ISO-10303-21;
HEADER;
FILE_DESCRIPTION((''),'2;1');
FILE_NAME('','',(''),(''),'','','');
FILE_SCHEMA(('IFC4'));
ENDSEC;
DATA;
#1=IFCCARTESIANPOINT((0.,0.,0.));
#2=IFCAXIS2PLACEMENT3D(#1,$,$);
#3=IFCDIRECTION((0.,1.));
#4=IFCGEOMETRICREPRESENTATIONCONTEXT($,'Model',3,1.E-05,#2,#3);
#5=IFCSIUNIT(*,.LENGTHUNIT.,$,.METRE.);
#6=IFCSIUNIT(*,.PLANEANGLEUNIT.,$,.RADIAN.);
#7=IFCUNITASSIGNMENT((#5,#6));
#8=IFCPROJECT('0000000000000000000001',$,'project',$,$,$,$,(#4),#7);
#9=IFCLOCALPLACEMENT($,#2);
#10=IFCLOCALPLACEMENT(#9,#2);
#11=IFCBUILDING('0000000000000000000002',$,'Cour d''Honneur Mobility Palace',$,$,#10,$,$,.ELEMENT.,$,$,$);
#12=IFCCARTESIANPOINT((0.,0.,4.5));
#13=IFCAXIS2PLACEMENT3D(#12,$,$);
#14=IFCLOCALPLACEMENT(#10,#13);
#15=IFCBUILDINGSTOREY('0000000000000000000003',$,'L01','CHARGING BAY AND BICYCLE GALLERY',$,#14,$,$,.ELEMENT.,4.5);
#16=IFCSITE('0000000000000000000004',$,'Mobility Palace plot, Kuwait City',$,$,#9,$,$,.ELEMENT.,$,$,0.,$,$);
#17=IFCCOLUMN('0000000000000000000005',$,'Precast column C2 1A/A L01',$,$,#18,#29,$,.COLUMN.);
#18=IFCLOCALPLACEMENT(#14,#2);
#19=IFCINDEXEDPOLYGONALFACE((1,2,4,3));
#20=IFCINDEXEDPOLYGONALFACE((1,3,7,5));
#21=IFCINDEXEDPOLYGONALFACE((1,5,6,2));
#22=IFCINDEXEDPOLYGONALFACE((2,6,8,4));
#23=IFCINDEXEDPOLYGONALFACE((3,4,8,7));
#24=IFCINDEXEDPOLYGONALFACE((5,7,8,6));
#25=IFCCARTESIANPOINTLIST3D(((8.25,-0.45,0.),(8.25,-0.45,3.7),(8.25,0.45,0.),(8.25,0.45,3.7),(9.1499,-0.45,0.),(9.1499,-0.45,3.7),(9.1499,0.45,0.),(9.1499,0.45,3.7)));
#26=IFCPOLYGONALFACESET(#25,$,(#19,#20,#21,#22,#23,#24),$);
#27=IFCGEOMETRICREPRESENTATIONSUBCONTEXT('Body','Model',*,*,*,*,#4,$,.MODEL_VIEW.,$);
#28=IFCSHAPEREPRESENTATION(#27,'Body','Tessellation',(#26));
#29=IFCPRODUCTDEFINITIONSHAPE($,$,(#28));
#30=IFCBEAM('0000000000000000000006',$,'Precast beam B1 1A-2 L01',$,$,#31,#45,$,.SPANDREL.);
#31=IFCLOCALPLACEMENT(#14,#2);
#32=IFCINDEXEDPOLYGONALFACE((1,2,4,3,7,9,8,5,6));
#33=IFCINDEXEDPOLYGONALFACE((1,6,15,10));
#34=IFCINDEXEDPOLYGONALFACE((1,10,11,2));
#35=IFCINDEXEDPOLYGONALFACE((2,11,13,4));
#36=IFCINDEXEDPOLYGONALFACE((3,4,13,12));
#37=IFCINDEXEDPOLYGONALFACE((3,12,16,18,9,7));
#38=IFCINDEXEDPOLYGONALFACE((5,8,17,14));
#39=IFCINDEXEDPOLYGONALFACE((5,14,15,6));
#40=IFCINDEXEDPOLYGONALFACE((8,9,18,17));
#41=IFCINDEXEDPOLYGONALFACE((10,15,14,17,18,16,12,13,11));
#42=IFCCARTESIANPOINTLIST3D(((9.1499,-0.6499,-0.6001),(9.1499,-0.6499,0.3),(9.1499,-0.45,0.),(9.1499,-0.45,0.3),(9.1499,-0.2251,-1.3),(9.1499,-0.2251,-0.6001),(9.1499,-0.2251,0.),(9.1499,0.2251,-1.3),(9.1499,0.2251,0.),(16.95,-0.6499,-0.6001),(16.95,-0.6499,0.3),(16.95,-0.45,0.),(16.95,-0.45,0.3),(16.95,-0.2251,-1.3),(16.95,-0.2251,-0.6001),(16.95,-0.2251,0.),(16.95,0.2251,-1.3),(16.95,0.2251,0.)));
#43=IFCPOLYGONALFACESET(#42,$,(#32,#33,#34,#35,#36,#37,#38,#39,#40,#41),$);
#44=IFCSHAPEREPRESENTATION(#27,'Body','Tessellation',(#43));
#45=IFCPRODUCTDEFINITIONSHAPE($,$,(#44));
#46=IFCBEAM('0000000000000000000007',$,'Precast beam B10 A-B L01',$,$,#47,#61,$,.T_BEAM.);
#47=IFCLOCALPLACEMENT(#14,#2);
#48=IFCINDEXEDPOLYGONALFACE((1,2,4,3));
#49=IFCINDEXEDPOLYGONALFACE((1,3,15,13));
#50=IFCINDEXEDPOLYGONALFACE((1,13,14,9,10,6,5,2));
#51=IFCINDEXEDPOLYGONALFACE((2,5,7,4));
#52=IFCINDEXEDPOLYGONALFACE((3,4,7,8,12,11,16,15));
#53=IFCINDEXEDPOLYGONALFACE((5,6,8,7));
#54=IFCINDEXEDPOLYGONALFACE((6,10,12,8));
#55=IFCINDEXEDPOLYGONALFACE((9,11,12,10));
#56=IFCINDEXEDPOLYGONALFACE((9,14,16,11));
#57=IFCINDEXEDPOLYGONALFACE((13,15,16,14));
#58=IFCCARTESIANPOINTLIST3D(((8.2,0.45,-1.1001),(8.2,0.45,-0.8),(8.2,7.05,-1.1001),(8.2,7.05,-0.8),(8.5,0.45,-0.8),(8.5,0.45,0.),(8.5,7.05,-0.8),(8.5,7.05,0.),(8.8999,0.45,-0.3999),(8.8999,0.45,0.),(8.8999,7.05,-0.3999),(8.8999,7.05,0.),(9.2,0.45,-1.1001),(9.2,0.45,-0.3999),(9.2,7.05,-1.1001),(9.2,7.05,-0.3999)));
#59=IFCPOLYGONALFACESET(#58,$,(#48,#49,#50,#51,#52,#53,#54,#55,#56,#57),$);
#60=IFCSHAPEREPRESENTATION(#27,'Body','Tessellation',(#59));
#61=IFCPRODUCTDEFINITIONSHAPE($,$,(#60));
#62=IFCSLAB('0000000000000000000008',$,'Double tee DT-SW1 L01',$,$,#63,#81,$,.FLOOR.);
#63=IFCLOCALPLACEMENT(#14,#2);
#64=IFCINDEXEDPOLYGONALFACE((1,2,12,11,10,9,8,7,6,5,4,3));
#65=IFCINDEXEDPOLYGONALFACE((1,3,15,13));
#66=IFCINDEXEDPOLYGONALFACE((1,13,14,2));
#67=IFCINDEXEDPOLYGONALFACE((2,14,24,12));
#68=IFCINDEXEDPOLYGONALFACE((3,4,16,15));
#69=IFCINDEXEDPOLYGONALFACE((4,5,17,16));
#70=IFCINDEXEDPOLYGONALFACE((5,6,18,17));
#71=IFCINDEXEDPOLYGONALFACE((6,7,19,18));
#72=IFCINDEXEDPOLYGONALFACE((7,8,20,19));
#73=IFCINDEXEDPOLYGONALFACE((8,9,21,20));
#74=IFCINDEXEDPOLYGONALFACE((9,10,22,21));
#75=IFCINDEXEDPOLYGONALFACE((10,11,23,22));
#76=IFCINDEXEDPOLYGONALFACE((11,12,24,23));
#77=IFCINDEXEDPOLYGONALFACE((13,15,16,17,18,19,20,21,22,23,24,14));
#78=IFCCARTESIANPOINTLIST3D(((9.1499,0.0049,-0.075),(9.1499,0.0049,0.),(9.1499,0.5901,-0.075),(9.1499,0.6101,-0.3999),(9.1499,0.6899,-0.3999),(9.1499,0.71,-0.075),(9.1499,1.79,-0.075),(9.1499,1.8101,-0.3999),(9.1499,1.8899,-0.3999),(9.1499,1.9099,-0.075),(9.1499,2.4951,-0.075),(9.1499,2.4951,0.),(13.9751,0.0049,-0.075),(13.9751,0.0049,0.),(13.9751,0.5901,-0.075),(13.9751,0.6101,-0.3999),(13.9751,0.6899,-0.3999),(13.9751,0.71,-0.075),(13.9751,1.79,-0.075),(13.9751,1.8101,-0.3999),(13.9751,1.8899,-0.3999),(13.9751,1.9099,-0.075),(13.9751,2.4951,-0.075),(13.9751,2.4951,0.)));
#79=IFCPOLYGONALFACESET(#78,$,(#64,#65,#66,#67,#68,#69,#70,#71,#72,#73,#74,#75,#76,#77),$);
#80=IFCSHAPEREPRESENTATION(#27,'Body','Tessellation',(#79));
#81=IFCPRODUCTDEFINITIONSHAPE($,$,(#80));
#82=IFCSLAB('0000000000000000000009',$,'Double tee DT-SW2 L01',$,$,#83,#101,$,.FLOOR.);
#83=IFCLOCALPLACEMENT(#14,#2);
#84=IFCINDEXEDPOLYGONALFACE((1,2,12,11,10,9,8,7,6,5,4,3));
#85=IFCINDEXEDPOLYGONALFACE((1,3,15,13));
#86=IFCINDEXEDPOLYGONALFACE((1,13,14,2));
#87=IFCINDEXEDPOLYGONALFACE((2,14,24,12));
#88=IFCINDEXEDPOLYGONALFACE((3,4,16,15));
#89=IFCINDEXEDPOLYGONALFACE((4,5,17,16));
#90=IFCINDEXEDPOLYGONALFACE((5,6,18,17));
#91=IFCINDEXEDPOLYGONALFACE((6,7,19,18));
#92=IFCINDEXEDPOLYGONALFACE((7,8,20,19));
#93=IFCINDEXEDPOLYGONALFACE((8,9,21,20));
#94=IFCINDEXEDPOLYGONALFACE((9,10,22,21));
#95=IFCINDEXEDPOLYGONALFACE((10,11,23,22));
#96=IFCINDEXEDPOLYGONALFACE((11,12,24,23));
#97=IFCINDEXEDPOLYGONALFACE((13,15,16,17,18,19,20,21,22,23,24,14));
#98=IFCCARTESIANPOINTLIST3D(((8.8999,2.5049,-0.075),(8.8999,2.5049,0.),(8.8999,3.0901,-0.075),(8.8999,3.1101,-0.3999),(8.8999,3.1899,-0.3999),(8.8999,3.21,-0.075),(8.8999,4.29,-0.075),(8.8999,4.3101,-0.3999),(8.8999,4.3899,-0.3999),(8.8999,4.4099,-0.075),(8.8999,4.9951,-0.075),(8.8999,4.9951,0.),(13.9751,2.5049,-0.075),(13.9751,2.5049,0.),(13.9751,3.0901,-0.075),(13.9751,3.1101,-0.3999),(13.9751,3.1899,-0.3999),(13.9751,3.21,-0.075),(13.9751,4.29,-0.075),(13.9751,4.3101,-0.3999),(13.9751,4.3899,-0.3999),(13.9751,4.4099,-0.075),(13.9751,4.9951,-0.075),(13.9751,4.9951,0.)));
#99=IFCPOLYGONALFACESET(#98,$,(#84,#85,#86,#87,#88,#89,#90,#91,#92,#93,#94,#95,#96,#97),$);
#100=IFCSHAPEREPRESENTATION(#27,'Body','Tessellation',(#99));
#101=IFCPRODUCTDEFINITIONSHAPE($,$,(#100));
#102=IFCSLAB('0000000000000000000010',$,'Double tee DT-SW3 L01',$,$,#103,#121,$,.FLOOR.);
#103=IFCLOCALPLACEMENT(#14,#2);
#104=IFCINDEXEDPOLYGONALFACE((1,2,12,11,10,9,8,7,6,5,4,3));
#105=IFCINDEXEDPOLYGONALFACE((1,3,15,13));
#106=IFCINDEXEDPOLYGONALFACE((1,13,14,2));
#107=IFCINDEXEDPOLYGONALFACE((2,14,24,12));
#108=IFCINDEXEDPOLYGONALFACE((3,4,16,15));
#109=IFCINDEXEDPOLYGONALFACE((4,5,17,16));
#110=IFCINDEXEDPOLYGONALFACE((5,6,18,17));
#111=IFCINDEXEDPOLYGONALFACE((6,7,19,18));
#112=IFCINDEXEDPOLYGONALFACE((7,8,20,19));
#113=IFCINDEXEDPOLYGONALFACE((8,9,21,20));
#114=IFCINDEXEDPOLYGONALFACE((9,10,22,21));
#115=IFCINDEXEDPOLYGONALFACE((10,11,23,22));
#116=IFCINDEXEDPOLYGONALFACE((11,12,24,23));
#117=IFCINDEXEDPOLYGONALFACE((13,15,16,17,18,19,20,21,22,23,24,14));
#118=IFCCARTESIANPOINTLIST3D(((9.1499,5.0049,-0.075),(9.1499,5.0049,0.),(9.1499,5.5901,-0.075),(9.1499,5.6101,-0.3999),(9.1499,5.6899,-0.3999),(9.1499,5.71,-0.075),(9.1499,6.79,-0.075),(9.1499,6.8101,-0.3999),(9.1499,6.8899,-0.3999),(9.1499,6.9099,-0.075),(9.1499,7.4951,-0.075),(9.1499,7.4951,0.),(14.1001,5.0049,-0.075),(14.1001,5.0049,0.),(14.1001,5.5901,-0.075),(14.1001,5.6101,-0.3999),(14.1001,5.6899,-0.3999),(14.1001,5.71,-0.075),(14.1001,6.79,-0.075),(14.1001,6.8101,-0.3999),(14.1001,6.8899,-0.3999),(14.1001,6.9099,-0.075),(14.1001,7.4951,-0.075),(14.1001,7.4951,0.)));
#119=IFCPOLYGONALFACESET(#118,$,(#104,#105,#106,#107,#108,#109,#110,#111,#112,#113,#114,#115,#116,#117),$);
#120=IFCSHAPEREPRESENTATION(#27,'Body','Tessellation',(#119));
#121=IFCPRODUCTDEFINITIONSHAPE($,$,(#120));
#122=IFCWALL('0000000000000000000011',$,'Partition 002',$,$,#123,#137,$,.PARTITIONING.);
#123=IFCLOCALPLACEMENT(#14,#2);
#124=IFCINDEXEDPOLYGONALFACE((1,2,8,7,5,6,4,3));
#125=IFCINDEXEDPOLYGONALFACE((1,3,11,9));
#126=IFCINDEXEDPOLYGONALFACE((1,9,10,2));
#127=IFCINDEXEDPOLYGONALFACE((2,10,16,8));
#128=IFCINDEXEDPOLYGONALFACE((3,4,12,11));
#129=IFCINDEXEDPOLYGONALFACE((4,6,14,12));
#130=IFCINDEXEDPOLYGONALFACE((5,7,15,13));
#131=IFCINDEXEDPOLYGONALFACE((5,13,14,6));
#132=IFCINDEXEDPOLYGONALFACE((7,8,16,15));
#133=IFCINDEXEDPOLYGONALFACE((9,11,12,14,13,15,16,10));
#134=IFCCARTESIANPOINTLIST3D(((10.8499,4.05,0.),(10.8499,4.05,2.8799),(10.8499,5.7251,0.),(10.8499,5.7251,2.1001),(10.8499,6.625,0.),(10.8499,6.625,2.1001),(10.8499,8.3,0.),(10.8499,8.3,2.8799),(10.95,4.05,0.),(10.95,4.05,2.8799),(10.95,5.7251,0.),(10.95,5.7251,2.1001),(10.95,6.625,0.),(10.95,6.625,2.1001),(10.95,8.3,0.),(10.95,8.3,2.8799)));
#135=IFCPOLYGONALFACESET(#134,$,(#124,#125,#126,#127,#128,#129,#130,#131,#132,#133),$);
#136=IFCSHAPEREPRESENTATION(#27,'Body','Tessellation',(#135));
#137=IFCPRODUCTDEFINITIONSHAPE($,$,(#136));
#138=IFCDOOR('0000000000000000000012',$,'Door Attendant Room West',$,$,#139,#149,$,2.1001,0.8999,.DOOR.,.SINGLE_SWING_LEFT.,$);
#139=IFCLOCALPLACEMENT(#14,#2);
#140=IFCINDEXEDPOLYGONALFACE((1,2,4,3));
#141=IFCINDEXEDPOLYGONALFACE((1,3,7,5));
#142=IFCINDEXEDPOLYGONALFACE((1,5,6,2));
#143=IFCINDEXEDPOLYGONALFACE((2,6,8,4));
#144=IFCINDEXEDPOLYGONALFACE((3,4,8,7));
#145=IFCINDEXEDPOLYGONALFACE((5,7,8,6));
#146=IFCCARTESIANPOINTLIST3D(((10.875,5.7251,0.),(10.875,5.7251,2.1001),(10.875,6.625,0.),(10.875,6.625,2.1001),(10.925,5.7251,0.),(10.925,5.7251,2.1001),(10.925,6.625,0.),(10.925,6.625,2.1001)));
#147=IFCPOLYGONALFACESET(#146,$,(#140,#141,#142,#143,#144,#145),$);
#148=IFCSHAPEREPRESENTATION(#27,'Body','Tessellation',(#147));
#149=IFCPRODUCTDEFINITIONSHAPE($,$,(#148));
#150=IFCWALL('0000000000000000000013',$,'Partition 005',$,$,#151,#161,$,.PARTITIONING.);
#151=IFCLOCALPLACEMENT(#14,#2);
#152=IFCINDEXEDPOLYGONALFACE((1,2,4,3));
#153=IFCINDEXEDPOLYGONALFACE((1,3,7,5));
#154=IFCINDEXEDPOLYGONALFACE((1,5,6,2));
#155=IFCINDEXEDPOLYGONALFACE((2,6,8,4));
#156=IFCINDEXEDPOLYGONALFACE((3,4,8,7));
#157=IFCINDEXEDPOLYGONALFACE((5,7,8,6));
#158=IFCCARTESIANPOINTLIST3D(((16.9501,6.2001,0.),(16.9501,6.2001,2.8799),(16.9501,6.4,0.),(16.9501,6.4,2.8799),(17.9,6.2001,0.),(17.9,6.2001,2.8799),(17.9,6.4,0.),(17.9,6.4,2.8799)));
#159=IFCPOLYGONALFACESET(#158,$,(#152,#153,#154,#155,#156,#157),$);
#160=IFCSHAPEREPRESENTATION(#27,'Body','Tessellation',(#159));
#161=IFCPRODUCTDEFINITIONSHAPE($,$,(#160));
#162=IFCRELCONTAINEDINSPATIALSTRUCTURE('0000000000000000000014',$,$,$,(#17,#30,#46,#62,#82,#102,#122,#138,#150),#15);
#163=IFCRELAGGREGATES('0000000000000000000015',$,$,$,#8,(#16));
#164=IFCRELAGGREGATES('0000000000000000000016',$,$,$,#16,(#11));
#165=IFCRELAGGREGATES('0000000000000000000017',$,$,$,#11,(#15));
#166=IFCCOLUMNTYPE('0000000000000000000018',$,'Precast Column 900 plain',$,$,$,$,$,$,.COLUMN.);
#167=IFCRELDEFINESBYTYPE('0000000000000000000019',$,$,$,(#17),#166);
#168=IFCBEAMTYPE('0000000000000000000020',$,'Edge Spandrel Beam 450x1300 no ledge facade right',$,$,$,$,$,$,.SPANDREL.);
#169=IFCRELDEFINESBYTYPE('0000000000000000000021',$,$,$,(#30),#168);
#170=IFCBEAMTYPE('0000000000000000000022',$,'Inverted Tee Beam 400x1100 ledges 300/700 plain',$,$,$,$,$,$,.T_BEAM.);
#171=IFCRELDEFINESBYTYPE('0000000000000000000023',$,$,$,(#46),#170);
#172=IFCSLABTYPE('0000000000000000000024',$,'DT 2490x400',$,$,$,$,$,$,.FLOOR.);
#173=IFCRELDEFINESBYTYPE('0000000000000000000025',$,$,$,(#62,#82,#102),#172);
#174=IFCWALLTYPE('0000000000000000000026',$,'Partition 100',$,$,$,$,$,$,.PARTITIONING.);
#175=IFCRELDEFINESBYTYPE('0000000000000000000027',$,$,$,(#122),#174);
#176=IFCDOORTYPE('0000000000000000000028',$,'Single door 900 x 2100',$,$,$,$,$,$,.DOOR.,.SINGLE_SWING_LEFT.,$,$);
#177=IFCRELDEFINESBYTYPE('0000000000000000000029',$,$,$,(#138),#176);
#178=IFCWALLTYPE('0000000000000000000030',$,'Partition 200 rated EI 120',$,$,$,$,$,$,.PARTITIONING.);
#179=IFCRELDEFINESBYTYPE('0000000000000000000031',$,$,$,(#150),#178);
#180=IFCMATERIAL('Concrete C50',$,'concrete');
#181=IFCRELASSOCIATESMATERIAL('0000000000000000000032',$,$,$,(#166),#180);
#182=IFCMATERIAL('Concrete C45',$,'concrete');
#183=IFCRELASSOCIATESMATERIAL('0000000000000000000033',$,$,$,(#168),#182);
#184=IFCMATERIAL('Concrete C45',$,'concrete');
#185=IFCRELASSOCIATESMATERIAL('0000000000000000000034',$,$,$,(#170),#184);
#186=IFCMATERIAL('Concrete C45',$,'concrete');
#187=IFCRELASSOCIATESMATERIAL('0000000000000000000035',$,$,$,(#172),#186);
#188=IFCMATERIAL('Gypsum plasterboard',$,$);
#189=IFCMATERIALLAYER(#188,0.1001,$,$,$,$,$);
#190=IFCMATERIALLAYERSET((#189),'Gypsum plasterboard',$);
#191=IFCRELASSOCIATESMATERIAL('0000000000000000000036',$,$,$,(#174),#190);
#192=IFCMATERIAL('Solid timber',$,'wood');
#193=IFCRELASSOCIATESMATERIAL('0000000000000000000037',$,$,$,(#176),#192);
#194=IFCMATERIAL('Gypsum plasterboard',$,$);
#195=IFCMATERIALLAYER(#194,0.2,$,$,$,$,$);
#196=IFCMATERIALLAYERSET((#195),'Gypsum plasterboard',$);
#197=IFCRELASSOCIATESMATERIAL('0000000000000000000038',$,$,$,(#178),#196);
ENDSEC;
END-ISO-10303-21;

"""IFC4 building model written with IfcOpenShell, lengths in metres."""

from ifc_helpers import new_model, si_unit, direction, frame, frame_2d, origin, place, context, subcontext, project, spatial, polyline, rectangle, outline, extrude, material, layer, layer_set, material_profile, profile_set, type_object, element, fill, save


model = new_model("IFC4")

# Units and contexts
model_context = context("Model", 3, precision=1e-05, world=origin(), true_north=direction((0.0, 1.0)))
body_context = subcontext(model_context, "Body", "Model", "MODEL_VIEW")
ifc_project = project(units=[si_unit("LENGTHUNIT", "METRE"), si_unit("PLANEANGLEUNIT", "RADIAN")], contexts=[model_context])

# Site, building, storey
site_placement = place(None, origin())
site = spatial("IfcSite", under=ifc_project, at=site_placement, Name="Mobility Palace plot, Kuwait City", CompositionType="ELEMENT", RefElevation=0.0)
building_placement = place(site_placement, origin())
building = spatial("IfcBuilding", under=site, at=building_placement, Name="Cour d'Honneur Mobility Palace", CompositionType="ELEMENT")
storey_placement = place(building_placement, frame((0.0, 0.0, 4.5)))
storey = spatial("IfcBuildingStorey", under=building, at=storey_placement, Name="L01", Description="CHARGING BAY AND BICYCLE GALLERY", CompositionType="ELEMENT", Elevation=4.5)

# Column
ifc_material_1 = material(Name="Concrete C50", Category="concrete")
ifc_material_profile_1 = material_profile(ifc_material_1, outline(polyline([(-0.45, -0.45), (0.45, -0.45), (0.45, 0.45), (-0.45, 0.45), (-0.45, -0.45)])), Name="PC C900 plain")
ifc_profile_set_1 = profile_set([ifc_material_profile_1], Name="Concrete C50")
column_type = type_object("IfcColumnType", Name="Precast Column 900 plain", PredefinedType="COLUMN", material=ifc_profile_set_1)
column_placement = place(storey_placement, frame((8.7, 0.0, 0.0), z_axis=(0.0, 0.0, 1.0), x_axis=(1.0, 0.0, 0.0)))
element("IfcColumn", 1, at=column_placement, inside=storey, type_object=column_type, Name="Precast column C2 1A/A L01", PredefinedType="COLUMN", context=body_context, shape_type="SweptSolid", body=[
    extrude(outline(polyline([(-0.45, -0.45), (0.45, -0.45), (0.45, 0.45), (-0.45, 0.45), (-0.45, -0.45)])), origin(), (0.0, 0.0, 1.0), 3.7),
])

# Beams
ifc_material_2 = material(Name="Concrete C45", Category="concrete")
ifc_material_profile_2 = material_profile(ifc_material_2, outline(polyline([(0.2251, -1.3), (0.2251, 0.0), (-0.2251, 0.0), (-0.45, 0.0), (-0.45, 0.3), (-0.6499, 0.3), (-0.6499, -0.6001), (-0.2251, -0.6001), (-0.2251, -1.3), (0.2251, -1.3)])), Name="Edge Spandrel Beam 450x1300 no ledge facade right")
ifc_profile_set_2 = profile_set([ifc_material_profile_2], Name="Concrete C45")
beam_type_1 = type_object("IfcBeamType", Name="Edge Spandrel Beam 450x1300 no ledge facade right", PredefinedType="SPANDREL", material=ifc_profile_set_2)
beam_1_placement = place(storey_placement, frame((9.1499, 0.0, 0.0), z_axis=(1.0, 0.0, 0.0), x_axis=(0.0, 1.0, 0.0)))
element("IfcBeam", 2, at=beam_1_placement, inside=storey, type_object=beam_type_1, Name="Precast beam B1 1A-2 L01", PredefinedType="SPANDREL", context=body_context, shape_type="SweptSolid", body=[
    extrude(outline(polyline([(0.2251, -1.3), (0.2251, 0.0), (-0.2251, 0.0), (-0.45, 0.0), (-0.45, 0.3), (-0.6499, 0.3), (-0.6499, -0.6001), (-0.2251, -0.6001), (-0.2251, -1.3), (0.2251, -1.3)])), origin(), (0.0, 0.0, 1.0), 7.8),
])
ifc_material_3 = material(Name="Concrete C45", Category="concrete")
ifc_material_profile_3 = material_profile(ifc_material_3, outline(polyline([(0.5, -1.1001), (0.5, -0.8), (0.2, -0.8), (0.2, 0.0), (-0.2, 0.0), (-0.2, -0.3999), (-0.5, -0.3999), (-0.5, -1.1001), (0.5, -1.1001)])), Name="Inverted Tee Beam 400x1100 ledges 300/700 plain")
ifc_profile_set_3 = profile_set([ifc_material_profile_3], Name="Concrete C45")
beam_type_2 = type_object("IfcBeamType", Name="Inverted Tee Beam 400x1100 ledges 300/700 plain", PredefinedType="T_BEAM", material=ifc_profile_set_3)
beam_2_placement = place(storey_placement, frame((8.7, 0.45, 0.0), z_axis=(0.0, 1.0, 0.0), x_axis=(-1.0, 0.0, 0.0)))
element("IfcBeam", 3, at=beam_2_placement, inside=storey, type_object=beam_type_2, Name="Precast beam B10 A-B L01", PredefinedType="T_BEAM", context=body_context, shape_type="SweptSolid", body=[
    extrude(outline(polyline([(0.5, -1.1001), (0.5, -0.8), (0.2, -0.8), (0.2, 0.0), (-0.2, 0.0), (-0.2, -0.3999), (-0.5, -0.3999), (-0.5, -1.1001), (0.5, -1.1001)])), origin(), (0.0, 0.0, 1.0), 6.6001),
])

# Slabs
ifc_material_4 = material(Name="Concrete C45", Category="concrete")
ifc_material_profile_4 = material_profile(ifc_material_4, outline(polyline([(-1.2451, 0.0), (1.2451, 0.0), (1.2451, -0.075), (0.6599, -0.075), (0.6399, -0.3999), (0.5601, -0.3999), (0.54, -0.075), (-0.54, -0.075), (-0.5601, -0.3999), (-0.6399, -0.3999), (-0.6599, -0.075), (-1.2451, -0.075), (-1.2451, 0.0)])), Name="DT 2490x400")
ifc_profile_set_4 = profile_set([ifc_material_profile_4], Name="Concrete C45")
slab_type = type_object("IfcSlabType", Name="DT 2490x400", PredefinedType="FLOOR", material=ifc_profile_set_4)
slab_1_placement = place(storey_placement, frame((9.1499, 1.25, 0.0), z_axis=(1.0, 0.0, 0.0), x_axis=(0.0, 1.0, 0.0)))
element("IfcSlab", 4, at=slab_1_placement, inside=storey, type_object=slab_type, Name="Double tee DT-SW1 L01", PredefinedType="FLOOR", context=body_context, shape_type="SweptSolid", body=[
    extrude(outline(polyline([(-1.2451, 0.0), (1.2451, 0.0), (1.2451, -0.075), (0.6599, -0.075), (0.6399, -0.3999), (0.5601, -0.3999), (0.54, -0.075), (-0.54, -0.075), (-0.5601, -0.3999), (-0.6399, -0.3999), (-0.6599, -0.075), (-1.2451, -0.075), (-1.2451, 0.0)])), origin(), (0.0, 0.0, 1.0), 4.8252),
])
slab_2_placement = place(storey_placement, frame((8.8999, 3.75, 0.0), z_axis=(1.0, 0.0, 0.0), x_axis=(0.0, 1.0, 0.0)))
element("IfcSlab", 5, at=slab_2_placement, inside=storey, type_object=slab_type, Name="Double tee DT-SW2 L01", PredefinedType="FLOOR", context=body_context, shape_type="SweptSolid", body=[
    extrude(outline(polyline([(-1.2451, 0.0), (1.2451, 0.0), (1.2451, -0.075), (0.6599, -0.075), (0.6399, -0.3999), (0.5601, -0.3999), (0.54, -0.075), (-0.54, -0.075), (-0.5601, -0.3999), (-0.6399, -0.3999), (-0.6599, -0.075), (-1.2451, -0.075), (-1.2451, 0.0)])), origin(), (0.0, 0.0, 1.0), 5.0752),
])
slab_3_placement = place(storey_placement, frame((9.1499, 6.25, 0.0), z_axis=(1.0, 0.0, 0.0), x_axis=(0.0, 1.0, 0.0)))
element("IfcSlab", 6, at=slab_3_placement, inside=storey, type_object=slab_type, Name="Double tee DT-SW3 L01", PredefinedType="FLOOR", context=body_context, shape_type="SweptSolid", body=[
    extrude(outline(polyline([(-1.2451, 0.0), (1.2451, 0.0), (1.2451, -0.075), (0.6599, -0.075), (0.6399, -0.3999), (0.5601, -0.3999), (0.54, -0.075), (-0.54, -0.075), (-0.5601, -0.3999), (-0.6399, -0.3999), (-0.6599, -0.075), (-1.2451, -0.075), (-1.2451, 0.0)])), origin(), (0.0, 0.0, 1.0), 4.9502),
])

# Wall, opening, door
ifc_material_5 = material(Name="Gypsum plasterboard")
ifc_layer_1 = layer(ifc_material_5, 0.1001)
ifc_layer_set_1 = layer_set([ifc_layer_1], Name="Gypsum plasterboard")
wall_type_1 = type_object("IfcWallType", Name="Partition 100", PredefinedType="PARTITIONING", material=ifc_layer_set_1)
wall_1_placement = place(storey_placement, frame((10.8999, 4.05, 0.0), z_axis=(0.0, 0.0, 1.0), x_axis=(0.0, 1.0, 0.0)))
wall_1 = element("IfcWall", 7, at=wall_1_placement, inside=storey, type_object=wall_type_1, Name="Partition 002", PredefinedType="PARTITIONING", context=body_context, shape_type="SweptSolid", body=[
    extrude(rectangle(XDim=4.25, YDim=0.1001, at=frame_2d((2.125, 0.0))), origin(), (0.0, 0.0, 1.0), 2.8799),
])
opening_1_placement = place(wall_1_placement, frame((1.675, 0.0, 0.0)))
opening_1 = element("IfcOpeningElement", 8, at=opening_1_placement, cuts=wall_1, PredefinedType="OPENING", context=body_context, shape_type="SweptSolid", body=[
    extrude(rectangle(XDim=0.8999, YDim=2.1001, at=frame_2d((0.45, 1.05))), frame((0.0, 0.0601, 0.0), z_axis=(0.0, -1.0, 0.0), x_axis=(1.0, 0.0, 0.0)), (0.0, 0.0, 1.0), 0.1201),
])
ifc_material_6 = material(Name="Solid timber", Category="wood")
door_type_1 = type_object("IfcDoorType", Name="Single door 900 x 2100", OperationType="SINGLE_SWING_LEFT", PredefinedType="DOOR", material=ifc_material_6)
door_1_placement = place(opening_1_placement, origin())
door_1 = element("IfcDoor", 9, at=door_1_placement, inside=storey, type_object=door_type_1, Name="Door Attendant Room West", OperationType="SINGLE_SWING_LEFT", OverallHeight=2.1001, OverallWidth=0.8999, PredefinedType="DOOR", context=body_context, shape_type="SweptSolid", body=[
    extrude(rectangle(XDim=0.8999, YDim=2.1001, at=frame_2d((0.45, 1.05))), frame((0.0, 0.0249, 0.0), z_axis=(0.0, -1.0, 0.0), x_axis=(1.0, 0.0, 0.0)), (0.0, 0.0, 1.0), 0.05),
])
fill(opening_1, door_1)

# Wall
ifc_material_7 = material(Name="Gypsum plasterboard")
ifc_layer_2 = layer(ifc_material_7, 0.2)
ifc_layer_set_2 = layer_set([ifc_layer_2], Name="Gypsum plasterboard")
wall_type_2 = type_object("IfcWallType", Name="Partition 200 rated EI 120", PredefinedType="PARTITIONING", material=ifc_layer_set_2)
wall_2_placement = place(storey_placement, frame((16.95, 6.3, 0.0), z_axis=(0.0, 0.0, 1.0), x_axis=(1.0, 0.0, 0.0)))
element("IfcWall", 10, at=wall_2_placement, inside=storey, type_object=wall_type_2, Name="Partition 005", PredefinedType="PARTITIONING", context=body_context, shape_type="SweptSolid", body=[
    extrude(rectangle(XDim=0.95, YDim=0.2, at=frame_2d((0.4751, 0.0))), origin(), (0.0, 0.0, 1.0), 2.8799),
])

save(model, "model.ifc")
